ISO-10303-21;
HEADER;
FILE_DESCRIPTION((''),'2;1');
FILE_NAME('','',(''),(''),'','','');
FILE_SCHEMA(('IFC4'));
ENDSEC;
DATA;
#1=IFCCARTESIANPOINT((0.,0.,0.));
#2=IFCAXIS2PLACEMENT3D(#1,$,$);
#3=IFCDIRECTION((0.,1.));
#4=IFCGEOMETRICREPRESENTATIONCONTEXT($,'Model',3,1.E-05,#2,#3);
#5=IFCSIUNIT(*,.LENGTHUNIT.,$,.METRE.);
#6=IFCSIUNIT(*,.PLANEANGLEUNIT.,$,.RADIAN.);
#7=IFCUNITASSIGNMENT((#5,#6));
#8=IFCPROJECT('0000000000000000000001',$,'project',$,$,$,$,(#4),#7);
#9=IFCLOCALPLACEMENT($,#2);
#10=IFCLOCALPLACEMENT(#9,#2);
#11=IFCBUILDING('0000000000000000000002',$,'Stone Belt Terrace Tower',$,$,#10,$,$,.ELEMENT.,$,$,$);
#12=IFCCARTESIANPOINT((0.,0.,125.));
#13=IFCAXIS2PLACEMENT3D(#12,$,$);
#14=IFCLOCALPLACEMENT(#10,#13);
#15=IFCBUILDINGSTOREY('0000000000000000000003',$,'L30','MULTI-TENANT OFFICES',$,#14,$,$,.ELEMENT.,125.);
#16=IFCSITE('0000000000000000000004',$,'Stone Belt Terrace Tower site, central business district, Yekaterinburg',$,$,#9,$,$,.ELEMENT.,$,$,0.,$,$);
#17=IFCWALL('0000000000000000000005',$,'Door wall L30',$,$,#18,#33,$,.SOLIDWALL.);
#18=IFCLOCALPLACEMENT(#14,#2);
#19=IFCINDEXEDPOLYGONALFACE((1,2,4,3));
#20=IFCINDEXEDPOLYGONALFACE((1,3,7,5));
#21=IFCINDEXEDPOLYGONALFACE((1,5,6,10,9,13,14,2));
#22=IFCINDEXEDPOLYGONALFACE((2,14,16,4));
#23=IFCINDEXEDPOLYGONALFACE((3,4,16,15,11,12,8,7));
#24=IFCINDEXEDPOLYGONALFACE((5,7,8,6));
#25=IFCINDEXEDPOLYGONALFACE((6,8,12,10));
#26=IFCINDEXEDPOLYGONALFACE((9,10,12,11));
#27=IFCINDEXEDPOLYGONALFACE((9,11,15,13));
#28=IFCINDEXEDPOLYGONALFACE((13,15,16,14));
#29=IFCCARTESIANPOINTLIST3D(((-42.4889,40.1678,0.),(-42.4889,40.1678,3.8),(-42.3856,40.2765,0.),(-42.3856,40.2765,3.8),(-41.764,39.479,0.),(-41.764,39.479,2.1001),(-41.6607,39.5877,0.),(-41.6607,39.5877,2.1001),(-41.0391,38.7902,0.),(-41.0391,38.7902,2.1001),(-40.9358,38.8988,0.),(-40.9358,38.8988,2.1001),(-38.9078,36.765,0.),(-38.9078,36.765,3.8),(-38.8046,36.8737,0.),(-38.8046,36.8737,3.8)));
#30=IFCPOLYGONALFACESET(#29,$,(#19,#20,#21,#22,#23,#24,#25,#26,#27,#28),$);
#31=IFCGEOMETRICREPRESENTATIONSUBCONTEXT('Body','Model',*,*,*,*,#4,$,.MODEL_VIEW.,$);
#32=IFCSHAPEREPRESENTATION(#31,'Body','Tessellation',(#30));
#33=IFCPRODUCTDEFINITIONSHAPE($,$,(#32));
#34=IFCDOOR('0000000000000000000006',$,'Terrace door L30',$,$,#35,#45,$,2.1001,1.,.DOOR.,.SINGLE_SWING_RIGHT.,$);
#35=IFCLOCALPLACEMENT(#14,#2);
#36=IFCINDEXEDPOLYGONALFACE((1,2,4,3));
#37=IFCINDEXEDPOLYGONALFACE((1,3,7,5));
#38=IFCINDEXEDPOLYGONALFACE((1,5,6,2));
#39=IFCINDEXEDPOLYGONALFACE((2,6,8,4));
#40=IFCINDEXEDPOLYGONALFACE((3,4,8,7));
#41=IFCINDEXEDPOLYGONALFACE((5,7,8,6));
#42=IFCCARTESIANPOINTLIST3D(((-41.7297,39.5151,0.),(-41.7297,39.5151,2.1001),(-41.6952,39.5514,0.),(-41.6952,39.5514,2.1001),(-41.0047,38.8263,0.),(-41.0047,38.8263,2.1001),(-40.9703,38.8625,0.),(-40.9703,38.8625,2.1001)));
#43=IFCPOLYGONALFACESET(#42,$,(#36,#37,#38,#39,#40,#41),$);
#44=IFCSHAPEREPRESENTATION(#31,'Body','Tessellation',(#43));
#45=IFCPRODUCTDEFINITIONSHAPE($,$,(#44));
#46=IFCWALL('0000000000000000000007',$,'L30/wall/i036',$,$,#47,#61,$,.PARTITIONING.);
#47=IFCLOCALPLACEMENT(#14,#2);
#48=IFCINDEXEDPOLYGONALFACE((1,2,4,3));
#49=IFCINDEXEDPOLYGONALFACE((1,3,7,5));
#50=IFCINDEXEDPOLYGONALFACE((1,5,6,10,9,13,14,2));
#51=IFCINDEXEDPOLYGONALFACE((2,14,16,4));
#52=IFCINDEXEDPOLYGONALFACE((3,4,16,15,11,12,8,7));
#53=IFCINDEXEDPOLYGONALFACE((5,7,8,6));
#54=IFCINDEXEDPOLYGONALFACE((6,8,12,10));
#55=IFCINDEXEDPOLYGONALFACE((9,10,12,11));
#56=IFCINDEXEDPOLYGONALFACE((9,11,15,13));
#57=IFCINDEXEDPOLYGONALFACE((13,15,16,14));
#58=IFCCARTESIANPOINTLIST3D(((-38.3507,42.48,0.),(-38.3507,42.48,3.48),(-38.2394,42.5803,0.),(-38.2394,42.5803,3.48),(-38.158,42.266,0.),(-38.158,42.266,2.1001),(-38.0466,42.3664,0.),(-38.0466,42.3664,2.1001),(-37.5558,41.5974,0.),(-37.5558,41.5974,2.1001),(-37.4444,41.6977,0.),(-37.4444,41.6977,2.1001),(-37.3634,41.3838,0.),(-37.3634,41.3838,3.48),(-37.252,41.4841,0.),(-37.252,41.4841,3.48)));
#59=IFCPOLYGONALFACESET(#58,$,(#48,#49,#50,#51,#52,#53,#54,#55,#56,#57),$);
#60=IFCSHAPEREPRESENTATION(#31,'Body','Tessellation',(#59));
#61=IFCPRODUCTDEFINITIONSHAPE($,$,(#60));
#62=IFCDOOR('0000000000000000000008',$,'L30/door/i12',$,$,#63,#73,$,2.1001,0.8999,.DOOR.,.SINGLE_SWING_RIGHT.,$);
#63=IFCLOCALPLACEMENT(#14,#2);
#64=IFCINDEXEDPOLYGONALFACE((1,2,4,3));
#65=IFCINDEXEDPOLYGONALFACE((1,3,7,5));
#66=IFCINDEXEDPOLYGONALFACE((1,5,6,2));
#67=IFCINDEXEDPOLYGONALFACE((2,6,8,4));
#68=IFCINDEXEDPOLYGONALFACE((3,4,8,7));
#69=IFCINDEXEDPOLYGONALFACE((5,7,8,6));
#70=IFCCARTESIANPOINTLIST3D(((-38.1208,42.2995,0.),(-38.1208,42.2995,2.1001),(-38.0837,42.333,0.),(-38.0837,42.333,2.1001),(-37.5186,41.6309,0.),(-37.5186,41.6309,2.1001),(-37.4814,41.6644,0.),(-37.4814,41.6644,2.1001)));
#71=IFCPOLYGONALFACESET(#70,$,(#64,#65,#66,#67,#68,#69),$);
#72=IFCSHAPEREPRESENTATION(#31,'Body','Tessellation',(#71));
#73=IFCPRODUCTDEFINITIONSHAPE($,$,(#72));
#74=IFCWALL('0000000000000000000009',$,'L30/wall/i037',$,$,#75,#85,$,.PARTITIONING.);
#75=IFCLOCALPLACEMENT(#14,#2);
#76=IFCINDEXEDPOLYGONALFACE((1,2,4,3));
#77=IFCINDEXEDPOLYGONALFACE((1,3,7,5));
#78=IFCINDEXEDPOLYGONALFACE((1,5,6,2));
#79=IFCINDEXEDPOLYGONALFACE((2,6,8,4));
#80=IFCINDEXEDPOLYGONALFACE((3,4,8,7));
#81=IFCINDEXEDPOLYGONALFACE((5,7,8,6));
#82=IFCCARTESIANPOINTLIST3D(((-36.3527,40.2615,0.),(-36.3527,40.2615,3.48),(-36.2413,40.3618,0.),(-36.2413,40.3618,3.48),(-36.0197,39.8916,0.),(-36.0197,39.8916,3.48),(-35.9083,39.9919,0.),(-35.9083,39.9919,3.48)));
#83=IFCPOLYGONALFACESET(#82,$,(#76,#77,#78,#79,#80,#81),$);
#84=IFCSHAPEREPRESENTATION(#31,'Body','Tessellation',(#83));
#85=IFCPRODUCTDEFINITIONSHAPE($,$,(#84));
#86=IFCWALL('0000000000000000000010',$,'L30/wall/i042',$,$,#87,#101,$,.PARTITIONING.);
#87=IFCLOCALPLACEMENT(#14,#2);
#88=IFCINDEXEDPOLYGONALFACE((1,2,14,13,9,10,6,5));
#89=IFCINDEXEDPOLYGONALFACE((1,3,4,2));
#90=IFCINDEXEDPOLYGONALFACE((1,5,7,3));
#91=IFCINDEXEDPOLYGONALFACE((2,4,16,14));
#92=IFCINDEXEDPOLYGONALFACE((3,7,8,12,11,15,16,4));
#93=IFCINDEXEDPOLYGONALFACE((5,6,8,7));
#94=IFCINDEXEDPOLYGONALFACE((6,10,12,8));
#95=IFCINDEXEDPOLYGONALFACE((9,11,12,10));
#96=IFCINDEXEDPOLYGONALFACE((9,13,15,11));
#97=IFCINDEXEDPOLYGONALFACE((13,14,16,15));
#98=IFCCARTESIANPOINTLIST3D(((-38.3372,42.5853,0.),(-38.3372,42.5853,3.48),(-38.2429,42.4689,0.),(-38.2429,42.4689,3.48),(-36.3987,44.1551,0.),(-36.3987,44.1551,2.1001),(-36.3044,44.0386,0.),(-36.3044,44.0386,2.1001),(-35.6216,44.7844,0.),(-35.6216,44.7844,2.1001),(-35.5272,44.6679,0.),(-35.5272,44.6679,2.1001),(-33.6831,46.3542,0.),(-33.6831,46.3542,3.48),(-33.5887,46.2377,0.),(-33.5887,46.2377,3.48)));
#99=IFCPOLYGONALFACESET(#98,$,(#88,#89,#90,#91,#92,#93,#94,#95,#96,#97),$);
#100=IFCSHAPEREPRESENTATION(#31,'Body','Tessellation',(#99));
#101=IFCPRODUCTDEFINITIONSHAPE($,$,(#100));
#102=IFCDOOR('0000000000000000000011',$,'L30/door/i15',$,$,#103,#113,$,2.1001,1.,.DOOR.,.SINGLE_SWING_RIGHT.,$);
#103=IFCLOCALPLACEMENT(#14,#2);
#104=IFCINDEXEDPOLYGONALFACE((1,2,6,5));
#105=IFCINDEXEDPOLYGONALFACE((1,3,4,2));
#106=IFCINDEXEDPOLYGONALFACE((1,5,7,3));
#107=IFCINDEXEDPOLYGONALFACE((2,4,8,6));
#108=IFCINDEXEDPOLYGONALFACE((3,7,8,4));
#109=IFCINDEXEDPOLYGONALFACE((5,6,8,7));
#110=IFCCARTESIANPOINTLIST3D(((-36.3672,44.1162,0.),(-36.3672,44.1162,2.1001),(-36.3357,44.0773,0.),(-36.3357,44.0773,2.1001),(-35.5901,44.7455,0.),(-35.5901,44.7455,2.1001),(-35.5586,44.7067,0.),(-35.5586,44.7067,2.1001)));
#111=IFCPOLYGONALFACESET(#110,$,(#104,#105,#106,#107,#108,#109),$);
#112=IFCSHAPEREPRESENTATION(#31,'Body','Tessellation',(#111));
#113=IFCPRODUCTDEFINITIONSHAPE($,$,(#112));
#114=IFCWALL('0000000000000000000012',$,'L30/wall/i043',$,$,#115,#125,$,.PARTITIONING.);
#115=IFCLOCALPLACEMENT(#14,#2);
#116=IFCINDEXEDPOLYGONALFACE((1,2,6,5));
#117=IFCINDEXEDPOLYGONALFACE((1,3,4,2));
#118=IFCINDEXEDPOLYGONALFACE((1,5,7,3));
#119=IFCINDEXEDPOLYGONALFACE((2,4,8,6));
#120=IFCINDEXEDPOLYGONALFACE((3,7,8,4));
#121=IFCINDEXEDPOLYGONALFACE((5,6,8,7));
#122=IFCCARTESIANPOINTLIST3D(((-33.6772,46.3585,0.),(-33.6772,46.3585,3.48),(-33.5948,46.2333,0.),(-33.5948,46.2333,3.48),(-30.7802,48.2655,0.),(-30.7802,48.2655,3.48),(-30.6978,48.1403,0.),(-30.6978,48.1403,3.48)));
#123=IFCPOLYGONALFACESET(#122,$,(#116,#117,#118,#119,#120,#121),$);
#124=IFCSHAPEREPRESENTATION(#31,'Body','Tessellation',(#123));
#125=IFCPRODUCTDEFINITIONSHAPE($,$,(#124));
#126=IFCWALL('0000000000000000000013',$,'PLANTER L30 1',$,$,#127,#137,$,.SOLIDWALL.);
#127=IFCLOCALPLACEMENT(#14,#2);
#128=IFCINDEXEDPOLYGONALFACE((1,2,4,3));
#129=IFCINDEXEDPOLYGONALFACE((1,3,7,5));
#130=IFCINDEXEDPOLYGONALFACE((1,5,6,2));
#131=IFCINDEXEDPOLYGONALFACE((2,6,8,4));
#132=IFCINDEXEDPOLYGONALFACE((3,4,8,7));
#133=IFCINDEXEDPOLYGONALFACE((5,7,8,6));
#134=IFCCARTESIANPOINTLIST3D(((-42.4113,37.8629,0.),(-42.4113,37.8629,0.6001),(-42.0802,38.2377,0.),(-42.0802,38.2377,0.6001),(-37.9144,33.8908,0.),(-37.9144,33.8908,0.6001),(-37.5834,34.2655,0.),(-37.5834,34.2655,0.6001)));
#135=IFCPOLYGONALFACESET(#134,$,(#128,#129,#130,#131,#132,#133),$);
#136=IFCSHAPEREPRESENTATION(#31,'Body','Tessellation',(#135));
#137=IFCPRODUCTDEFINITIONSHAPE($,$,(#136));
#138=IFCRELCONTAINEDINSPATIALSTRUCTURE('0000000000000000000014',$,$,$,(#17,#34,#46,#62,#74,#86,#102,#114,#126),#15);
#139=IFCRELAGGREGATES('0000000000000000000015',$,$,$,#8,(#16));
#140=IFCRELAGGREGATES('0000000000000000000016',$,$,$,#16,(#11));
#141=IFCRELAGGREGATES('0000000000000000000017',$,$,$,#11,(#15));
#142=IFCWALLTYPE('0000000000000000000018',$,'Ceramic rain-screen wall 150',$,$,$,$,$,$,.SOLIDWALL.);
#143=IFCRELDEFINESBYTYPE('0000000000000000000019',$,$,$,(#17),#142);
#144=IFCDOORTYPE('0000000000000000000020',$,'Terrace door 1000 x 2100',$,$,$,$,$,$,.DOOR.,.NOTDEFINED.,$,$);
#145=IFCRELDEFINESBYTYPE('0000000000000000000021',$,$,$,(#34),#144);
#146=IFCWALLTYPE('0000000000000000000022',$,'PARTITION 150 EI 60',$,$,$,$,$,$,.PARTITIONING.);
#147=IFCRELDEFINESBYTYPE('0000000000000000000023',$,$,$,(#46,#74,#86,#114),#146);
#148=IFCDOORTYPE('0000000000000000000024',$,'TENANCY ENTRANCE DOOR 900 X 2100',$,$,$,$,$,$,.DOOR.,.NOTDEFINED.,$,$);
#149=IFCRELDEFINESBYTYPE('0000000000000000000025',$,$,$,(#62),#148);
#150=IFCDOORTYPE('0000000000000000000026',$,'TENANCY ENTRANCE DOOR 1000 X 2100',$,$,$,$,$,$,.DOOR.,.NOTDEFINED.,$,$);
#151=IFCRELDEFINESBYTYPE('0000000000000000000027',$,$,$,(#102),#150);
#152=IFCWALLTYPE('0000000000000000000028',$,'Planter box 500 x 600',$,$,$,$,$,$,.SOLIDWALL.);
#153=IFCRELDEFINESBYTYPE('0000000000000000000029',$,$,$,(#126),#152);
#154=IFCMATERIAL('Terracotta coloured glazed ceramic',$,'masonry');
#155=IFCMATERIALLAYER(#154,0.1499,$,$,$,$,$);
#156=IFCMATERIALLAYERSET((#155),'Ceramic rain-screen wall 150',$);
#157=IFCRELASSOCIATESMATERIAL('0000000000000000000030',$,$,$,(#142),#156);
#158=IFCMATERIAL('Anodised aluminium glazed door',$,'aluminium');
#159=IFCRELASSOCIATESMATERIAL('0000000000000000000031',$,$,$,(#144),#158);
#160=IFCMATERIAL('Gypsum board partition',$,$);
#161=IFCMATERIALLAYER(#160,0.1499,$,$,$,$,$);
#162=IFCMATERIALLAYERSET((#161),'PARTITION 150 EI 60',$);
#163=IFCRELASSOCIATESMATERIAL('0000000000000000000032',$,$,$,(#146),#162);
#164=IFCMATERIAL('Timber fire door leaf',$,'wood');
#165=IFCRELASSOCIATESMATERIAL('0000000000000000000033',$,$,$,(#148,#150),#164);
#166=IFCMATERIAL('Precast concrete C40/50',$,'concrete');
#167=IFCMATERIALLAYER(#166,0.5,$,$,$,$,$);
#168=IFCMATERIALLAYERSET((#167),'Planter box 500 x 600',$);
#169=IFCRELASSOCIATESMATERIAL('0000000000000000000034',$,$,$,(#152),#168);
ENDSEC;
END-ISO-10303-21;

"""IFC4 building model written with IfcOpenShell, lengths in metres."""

from ifc_helpers import new_model, si_unit, direction, frame, frame_2d, origin, origin_2d, place, context, subcontext, project, spatial, rectangle, extrude, material, layer, layer_set, type_object, element, fill, save


model = new_model("IFC4")

# Units and contexts
model_context = context("Model", 3, precision=1e-05, world=origin(), true_north=direction((0.0, 1.0)))
body_context = subcontext(model_context, "Body", "Model", "MODEL_VIEW")
ifc_project = project(units=[si_unit("LENGTHUNIT", "METRE"), si_unit("PLANEANGLEUNIT", "RADIAN")], contexts=[model_context])

# Site, building, storey
site_placement = place(None, origin())
site = spatial("IfcSite", under=ifc_project, at=site_placement, Name="Stone Belt Terrace Tower site, central business district, Yekaterinburg", CompositionType="ELEMENT", RefElevation=0.0)
building_placement = place(site_placement, origin())
building = spatial("IfcBuilding", under=site, at=building_placement, Name="Stone Belt Terrace Tower", CompositionType="ELEMENT")
storey_placement = place(building_placement, frame((0.0, 0.0, 125.0)))
storey = spatial("IfcBuildingStorey", under=building, at=storey_placement, Name="L30", Description="MULTI-TENANT OFFICES", CompositionType="ELEMENT", Elevation=125.0)

# Walls, openings, doors
ifc_material_1 = material(Name="Terracotta coloured glazed ceramic", Category="masonry")
ifc_layer_1 = layer(ifc_material_1, 0.1499)
ifc_layer_set_1 = layer_set([ifc_layer_1], Name="Ceramic rain-screen wall 150")
wall_type_1 = type_object("IfcWallType", Name="Ceramic rain-screen wall 150", PredefinedType="SOLIDWALL", material=ifc_layer_set_1)
wall_1_placement = place(storey_placement, frame((-42.4373, 40.2222, 0.0), z_axis=(0.0, 0.0, 1.0), x_axis=(0.724916, -0.688838, 0.0)))
wall_1 = element("IfcWall", 1, at=wall_1_placement, inside=storey, type_object=wall_type_1, Name="Door wall L30", PredefinedType="SOLIDWALL", context=body_context, shape_type="SweptSolid", body=[
    extrude(rectangle(XDim=4.9399, YDim=0.1499, at=frame_2d((2.47, 0.0))), origin(), (0.0, 0.0, 1.0), 3.8),
])
opening_1_placement = place(wall_1_placement, frame((1.0, 0.0, 0.0)))
opening_1 = element("IfcOpeningElement", 2, at=opening_1_placement, cuts=wall_1, PredefinedType="OPENING", context=body_context, shape_type="SweptSolid", body=[
    extrude(rectangle(XDim=1.0, YDim=2.1001, at=frame_2d((0.5, 1.05))), frame((0.0, 0.085, 0.0), z_axis=(0.0, -1.0, 0.0), x_axis=(1.0, 0.0, 0.0)), (0.0, 0.0, 1.0), 0.1699),
])
ifc_material_2 = material(Name="Anodised aluminium glazed door", Category="aluminium")
door_type_1 = type_object("IfcDoorType", Name="Terrace door 1000 x 2100", OperationType="NOTDEFINED", PredefinedType="DOOR", material=ifc_material_2)
door_1_placement = place(opening_1_placement, origin())
door_1 = element("IfcDoor", 3, at=door_1_placement, inside=storey, type_object=door_type_1, Name="Terrace door L30", OperationType="SINGLE_SWING_RIGHT", OverallHeight=2.1001, OverallWidth=1.0, PredefinedType="DOOR", context=body_context, shape_type="SweptSolid", body=[
    extrude(rectangle(XDim=1.0, YDim=2.1001, at=frame_2d((0.5, 1.05))), frame((0.0, 0.0249, 0.0), z_axis=(0.0, -1.0, 0.0), x_axis=(1.0, 0.0, 0.0)), (0.0, 0.0, 1.0), 0.05),
])
fill(opening_1, door_1)
ifc_material_3 = material(Name="Gypsum board partition")
ifc_layer_2 = layer(ifc_material_3, 0.1499)
ifc_layer_set_2 = layer_set([ifc_layer_2], Name="PARTITION 150 EI 60")
wall_type_2 = type_object("IfcWallType", Name="PARTITION 150 EI 60", PredefinedType="PARTITIONING", material=ifc_layer_set_2)
wall_2_placement = place(storey_placement, frame((-37.3076, 41.4338, 0.0), z_axis=(0.0, 0.0, 1.0), x_axis=(-0.669239, 0.743047, 0.0)))
wall_2 = element("IfcWall", 4, at=wall_2_placement, inside=storey, type_object=wall_type_2, Name="L30/wall/i036", PredefinedType="PARTITIONING", context=body_context, shape_type="SweptSolid", body=[
    extrude(rectangle(XDim=1.4753, YDim=0.1499, at=frame_2d((0.7378, 0.0))), origin(), (0.0, 0.0, 1.0), 3.48),
])
opening_2_placement = place(wall_2_placement, frame((0.2876, 0.0, 0.0)))
opening_2 = element("IfcOpeningElement", 5, at=opening_2_placement, cuts=wall_2, PredefinedType="OPENING", context=body_context, shape_type="SweptSolid", body=[
    extrude(rectangle(XDim=0.8999, YDim=2.1001, at=frame_2d((0.45, 1.05))), frame((0.0, 0.085, 0.0), z_axis=(0.0, -1.0, 0.0), x_axis=(1.0, 0.0, 0.0)), (0.0, 0.0, 1.0), 0.1699),
])
ifc_material_4 = material(Name="Timber fire door leaf", Category="wood")
door_type_2 = type_object("IfcDoorType", Name="TENANCY ENTRANCE DOOR 900 X 2100", OperationType="NOTDEFINED", PredefinedType="DOOR", material=ifc_material_4)
door_2_placement = place(opening_2_placement, origin())
door_2 = element("IfcDoor", 6, at=door_2_placement, inside=storey, type_object=door_type_2, Name="L30/door/i12", OperationType="SINGLE_SWING_RIGHT", OverallHeight=2.1001, OverallWidth=0.8999, PredefinedType="DOOR", context=body_context, shape_type="SweptSolid", body=[
    extrude(rectangle(XDim=0.8999, YDim=2.1001, at=frame_2d((0.45, 1.05))), frame((0.0, 0.0249, 0.0), z_axis=(0.0, -1.0, 0.0), x_axis=(1.0, 0.0, 0.0)), (0.0, 0.0, 1.0), 0.05),
])
fill(opening_2, door_2)

# Wall
wall_3_placement = place(storey_placement, frame((-36.2971, 40.3118, 0.0), z_axis=(0.0, 0.0, 1.0), x_axis=(0.6691, -0.743172, 0.0)))
element("IfcWall", 7, at=wall_3_placement, inside=storey, type_object=wall_type_2, Name="L30/wall/i037", PredefinedType="PARTITIONING", context=body_context, shape_type="SweptSolid", body=[
    extrude(rectangle(XDim=0.4978, YDim=0.1499, at=frame_2d((0.249, 0.0))), origin(), (0.0, 0.0, 1.0), 3.48),
])

# Wall, opening, door
wall_4_placement = place(storey_placement, frame((-38.29, 42.5271, 0.0), z_axis=(0.0, 0.0, 1.0), x_axis=(0.777144, 0.629323, 0.0)))
wall_4 = element("IfcWall", 8, at=wall_4_placement, inside=storey, type_object=wall_type_2, Name="L30/wall/i042", PredefinedType="PARTITIONING", context=body_context, shape_type="SweptSolid", body=[
    extrude(rectangle(XDim=5.9888, YDim=0.1499, at=frame_2d((2.9944, 0.0))), origin(), (0.0, 0.0, 1.0), 3.48),
])
opening_3_placement = place(wall_4_placement, frame((2.4944, 0.0, 0.0)))
opening_3 = element("IfcOpeningElement", 9, at=opening_3_placement, cuts=wall_4, PredefinedType="OPENING", context=body_context, shape_type="SweptSolid", body=[
    extrude(rectangle(XDim=1.0, YDim=2.1001, at=frame_2d((0.5, 1.05))), frame((0.0, 0.085, 0.0), z_axis=(0.0, -1.0, 0.0), x_axis=(1.0, 0.0, 0.0)), (0.0, 0.0, 1.0), 0.1699),
])
door_type_3 = type_object("IfcDoorType", Name="TENANCY ENTRANCE DOOR 1000 X 2100", OperationType="NOTDEFINED", PredefinedType="DOOR", material=ifc_material_4)
door_3_placement = place(opening_3_placement, origin())
door_3 = element("IfcDoor", 10, at=door_3_placement, inside=storey, type_object=door_type_3, Name="L30/door/i15", OperationType="SINGLE_SWING_RIGHT", OverallHeight=2.1001, OverallWidth=1.0, PredefinedType="DOOR", context=body_context, shape_type="SweptSolid", body=[
    extrude(rectangle(XDim=1.0, YDim=2.1001, at=frame_2d((0.5, 1.05))), frame((0.0, 0.0249, 0.0), z_axis=(0.0, -1.0, 0.0), x_axis=(1.0, 0.0, 0.0)), (0.0, 0.0, 1.0), 0.05),
])
fill(opening_3, door_3)

# Walls
wall_5_placement = place(storey_placement, frame((-33.636, 46.2959, 0.0), z_axis=(0.0, 0.0, 1.0), x_axis=(0.835274, 0.549834, 0.0)))
element("IfcWall", 11, at=wall_5_placement, inside=storey, type_object=wall_type_2, Name="L30/wall/i043", PredefinedType="PARTITIONING", context=body_context, shape_type="SweptSolid", body=[
    extrude(rectangle(XDim=3.4683, YDim=0.1499, at=frame_2d((1.7341, 0.0))), origin(), (0.0, 0.0, 1.0), 3.48),
])
ifc_material_5 = material(Name="Precast concrete C40/50", Category="concrete")
ifc_layer_3 = layer(ifc_material_5, 0.5)
ifc_layer_set_3 = layer_set([ifc_layer_3], Name="Planter box 500 x 600")
wall_type_3 = type_object("IfcWallType", Name="Planter box 500 x 600", PredefinedType="SOLIDWALL", material=ifc_layer_set_3)
wall_6_placement = place(storey_placement, frame((-39.9973, 36.0642, 0.0), z_axis=(0.0, 0.0, 1.0), x_axis=(0.749478, -0.66203, 0.0)))
element("IfcWall", 12, at=wall_6_placement, inside=storey, type_object=wall_type_3, Name="PLANTER L30 1", PredefinedType="SOLIDWALL", context=body_context, shape_type="SweptSolid", body=[
    extrude(rectangle(XDim=6.0, YDim=0.5, at=origin_2d()), origin(), (0.0, 0.0, 1.0), 0.6001),
])

save(model, "model.ifc")
